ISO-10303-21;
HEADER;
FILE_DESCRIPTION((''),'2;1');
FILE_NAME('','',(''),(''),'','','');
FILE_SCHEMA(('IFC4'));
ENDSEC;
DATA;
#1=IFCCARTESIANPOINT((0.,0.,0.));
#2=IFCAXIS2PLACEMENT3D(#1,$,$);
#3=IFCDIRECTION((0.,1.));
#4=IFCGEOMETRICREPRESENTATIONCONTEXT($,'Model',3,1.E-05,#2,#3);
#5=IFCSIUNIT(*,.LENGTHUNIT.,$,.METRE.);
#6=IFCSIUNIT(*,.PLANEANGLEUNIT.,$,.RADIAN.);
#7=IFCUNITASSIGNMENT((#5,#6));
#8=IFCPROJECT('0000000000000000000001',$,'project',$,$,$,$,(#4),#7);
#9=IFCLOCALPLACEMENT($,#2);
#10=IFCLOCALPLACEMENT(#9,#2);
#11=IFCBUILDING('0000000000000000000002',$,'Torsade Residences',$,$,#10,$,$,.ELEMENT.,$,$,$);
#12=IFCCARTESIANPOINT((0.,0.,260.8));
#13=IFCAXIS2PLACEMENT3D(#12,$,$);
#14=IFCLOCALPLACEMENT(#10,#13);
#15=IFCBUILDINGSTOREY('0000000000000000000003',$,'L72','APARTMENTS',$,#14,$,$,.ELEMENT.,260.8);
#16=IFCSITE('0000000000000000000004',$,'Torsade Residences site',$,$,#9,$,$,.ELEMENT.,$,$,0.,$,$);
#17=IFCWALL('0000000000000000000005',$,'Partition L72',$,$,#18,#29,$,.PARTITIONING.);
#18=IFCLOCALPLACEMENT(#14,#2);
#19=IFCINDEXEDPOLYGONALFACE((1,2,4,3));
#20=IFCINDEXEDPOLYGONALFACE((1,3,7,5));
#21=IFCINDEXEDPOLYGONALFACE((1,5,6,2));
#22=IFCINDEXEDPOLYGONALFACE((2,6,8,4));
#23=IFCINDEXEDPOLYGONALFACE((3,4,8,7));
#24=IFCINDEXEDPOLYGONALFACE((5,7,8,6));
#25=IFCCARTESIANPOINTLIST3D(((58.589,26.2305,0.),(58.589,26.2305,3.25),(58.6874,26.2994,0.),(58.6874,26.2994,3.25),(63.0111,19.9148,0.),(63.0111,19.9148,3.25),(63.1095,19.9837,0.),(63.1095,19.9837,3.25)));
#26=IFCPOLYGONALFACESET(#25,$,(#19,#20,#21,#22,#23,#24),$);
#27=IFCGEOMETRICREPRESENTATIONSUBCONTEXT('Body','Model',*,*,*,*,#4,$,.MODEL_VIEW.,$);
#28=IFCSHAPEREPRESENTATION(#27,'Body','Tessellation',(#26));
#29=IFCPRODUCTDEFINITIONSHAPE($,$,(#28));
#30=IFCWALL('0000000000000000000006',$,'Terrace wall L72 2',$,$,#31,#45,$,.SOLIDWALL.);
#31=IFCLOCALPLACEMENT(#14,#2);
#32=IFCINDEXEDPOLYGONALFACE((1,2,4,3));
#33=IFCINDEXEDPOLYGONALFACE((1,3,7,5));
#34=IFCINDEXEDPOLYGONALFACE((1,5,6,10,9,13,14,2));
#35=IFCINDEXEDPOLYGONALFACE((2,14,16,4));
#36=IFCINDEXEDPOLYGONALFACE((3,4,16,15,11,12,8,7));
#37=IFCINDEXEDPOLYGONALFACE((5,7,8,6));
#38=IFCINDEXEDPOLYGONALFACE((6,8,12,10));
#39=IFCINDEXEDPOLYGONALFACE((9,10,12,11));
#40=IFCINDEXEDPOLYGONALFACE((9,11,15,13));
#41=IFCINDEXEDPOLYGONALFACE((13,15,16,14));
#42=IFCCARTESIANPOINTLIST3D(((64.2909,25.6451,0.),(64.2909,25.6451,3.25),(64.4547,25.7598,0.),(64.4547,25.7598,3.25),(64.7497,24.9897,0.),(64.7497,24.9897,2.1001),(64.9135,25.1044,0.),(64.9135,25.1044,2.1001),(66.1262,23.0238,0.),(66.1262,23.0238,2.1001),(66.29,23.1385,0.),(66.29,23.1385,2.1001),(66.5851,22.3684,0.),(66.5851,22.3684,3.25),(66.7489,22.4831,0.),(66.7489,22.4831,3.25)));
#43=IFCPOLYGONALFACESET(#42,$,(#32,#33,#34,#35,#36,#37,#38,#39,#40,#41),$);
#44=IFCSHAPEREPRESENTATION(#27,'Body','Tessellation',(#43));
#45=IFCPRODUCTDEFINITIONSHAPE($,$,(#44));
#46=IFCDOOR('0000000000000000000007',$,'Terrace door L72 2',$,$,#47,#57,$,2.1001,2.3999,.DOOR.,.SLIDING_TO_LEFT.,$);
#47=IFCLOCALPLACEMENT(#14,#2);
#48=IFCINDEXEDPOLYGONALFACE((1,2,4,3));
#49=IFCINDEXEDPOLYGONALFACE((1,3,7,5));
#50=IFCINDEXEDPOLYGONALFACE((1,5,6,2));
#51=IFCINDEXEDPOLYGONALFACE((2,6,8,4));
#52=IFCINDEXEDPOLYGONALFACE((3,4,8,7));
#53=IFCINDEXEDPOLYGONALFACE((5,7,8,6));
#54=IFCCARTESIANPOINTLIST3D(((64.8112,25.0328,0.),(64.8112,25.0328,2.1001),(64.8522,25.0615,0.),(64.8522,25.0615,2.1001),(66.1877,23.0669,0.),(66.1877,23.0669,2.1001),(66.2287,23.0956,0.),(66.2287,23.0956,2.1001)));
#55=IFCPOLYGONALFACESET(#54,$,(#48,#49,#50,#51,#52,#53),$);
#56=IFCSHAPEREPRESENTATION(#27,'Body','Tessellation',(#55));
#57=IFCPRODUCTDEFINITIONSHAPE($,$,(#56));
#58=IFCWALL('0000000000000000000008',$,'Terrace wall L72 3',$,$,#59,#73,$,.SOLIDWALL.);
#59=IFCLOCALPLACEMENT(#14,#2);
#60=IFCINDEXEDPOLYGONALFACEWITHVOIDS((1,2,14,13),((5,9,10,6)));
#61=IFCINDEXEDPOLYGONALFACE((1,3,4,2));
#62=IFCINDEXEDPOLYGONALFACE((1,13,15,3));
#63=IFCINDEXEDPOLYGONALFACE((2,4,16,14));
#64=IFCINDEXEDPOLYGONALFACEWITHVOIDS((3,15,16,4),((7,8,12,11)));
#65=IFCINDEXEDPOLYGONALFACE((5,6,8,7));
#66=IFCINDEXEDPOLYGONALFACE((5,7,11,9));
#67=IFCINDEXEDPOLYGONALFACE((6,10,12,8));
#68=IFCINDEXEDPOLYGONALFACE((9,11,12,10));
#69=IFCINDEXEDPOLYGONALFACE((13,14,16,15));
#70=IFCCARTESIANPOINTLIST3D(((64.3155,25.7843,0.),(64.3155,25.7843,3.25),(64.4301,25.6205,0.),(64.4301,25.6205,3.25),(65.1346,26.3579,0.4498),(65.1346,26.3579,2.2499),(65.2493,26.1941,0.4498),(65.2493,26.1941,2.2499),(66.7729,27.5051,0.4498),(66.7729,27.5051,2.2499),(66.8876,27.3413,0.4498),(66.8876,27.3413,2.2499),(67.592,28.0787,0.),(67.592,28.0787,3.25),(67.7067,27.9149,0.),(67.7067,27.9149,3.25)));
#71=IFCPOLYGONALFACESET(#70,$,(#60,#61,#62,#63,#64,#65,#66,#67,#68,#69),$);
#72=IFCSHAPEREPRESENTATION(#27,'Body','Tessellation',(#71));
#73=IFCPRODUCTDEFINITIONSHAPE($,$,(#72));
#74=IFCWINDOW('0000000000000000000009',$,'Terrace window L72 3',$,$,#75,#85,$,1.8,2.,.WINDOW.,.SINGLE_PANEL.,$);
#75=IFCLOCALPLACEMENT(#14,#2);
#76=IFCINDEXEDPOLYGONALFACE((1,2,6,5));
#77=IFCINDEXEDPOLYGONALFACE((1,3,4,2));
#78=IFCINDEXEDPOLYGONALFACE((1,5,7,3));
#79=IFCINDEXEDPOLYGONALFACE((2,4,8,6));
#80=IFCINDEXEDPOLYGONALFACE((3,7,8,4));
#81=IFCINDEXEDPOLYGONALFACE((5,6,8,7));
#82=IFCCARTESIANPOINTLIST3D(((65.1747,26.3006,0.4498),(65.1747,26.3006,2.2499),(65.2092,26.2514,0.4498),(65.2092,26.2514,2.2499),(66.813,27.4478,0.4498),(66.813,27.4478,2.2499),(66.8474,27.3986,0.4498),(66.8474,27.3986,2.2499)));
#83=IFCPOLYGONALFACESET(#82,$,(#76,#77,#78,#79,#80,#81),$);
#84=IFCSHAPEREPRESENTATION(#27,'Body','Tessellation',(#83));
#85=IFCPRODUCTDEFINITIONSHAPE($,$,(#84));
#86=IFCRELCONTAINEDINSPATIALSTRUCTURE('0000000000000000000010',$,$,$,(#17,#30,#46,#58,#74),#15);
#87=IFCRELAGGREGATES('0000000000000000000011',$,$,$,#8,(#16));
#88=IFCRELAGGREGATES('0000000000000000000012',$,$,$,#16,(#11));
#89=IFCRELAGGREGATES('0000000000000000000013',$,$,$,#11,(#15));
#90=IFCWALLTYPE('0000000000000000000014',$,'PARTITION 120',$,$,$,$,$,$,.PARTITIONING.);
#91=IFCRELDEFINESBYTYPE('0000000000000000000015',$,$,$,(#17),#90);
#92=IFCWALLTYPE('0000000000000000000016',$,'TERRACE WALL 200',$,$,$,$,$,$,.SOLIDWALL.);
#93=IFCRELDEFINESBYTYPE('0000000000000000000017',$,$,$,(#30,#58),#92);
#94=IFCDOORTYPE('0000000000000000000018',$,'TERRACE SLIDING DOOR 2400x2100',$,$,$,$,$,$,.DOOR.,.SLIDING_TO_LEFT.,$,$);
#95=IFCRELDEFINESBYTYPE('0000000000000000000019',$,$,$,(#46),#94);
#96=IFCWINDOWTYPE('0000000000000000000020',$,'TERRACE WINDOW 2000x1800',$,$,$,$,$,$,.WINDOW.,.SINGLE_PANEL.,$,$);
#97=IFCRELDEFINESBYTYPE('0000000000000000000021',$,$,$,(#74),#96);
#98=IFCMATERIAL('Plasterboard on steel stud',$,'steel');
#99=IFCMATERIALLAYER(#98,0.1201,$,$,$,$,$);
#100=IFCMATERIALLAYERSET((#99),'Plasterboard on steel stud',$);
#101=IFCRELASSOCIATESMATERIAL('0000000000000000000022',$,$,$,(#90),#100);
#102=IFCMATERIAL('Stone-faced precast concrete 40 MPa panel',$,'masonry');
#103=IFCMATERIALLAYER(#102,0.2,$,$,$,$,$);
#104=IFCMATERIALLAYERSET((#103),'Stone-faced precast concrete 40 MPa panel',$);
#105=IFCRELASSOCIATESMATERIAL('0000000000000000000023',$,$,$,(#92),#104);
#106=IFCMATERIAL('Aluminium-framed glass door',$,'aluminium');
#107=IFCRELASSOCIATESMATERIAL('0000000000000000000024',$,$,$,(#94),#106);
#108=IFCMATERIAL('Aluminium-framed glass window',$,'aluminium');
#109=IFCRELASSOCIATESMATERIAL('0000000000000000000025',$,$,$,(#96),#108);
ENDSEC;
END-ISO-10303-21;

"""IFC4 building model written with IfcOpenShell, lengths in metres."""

from ifc_helpers import new_model, si_unit, direction, frame, frame_2d, origin, place, context, subcontext, project, spatial, rectangle, extrude, material, layer, layer_set, type_object, element, fill, save


model = new_model("IFC4")

# Units and contexts
model_context = context("Model", 3, precision=1e-05, world=origin(), true_north=direction((0.0, 1.0)))
body_context = subcontext(model_context, "Body", "Model", "MODEL_VIEW")
ifc_project = project(units=[si_unit("LENGTHUNIT", "METRE"), si_unit("PLANEANGLEUNIT", "RADIAN")], contexts=[model_context])

# Site, building, storey
site_placement = place(None, origin())
site = spatial("IfcSite", under=ifc_project, at=site_placement, Name="Torsade Residences site", CompositionType="ELEMENT", RefElevation=0.0)
building_placement = place(site_placement, origin())
building = spatial("IfcBuilding", under=site, at=building_placement, Name="Torsade Residences", CompositionType="ELEMENT")
storey_placement = place(building_placement, frame((0.0, 0.0, 260.8)))
storey = spatial("IfcBuildingStorey", under=building, at=storey_placement, Name="L72", Description="APARTMENTS", CompositionType="ELEMENT", Elevation=260.8)

# Shared definitions
ifc_material_1 = material(Name="Plasterboard on steel stud", Category="steel")
ifc_layer_1 = layer(ifc_material_1, 0.1201)
ifc_layer_set_1 = layer_set([ifc_layer_1], Name="Plasterboard on steel stud")
wall_type_1 = type_object("IfcWallType", Name="PARTITION 120", PredefinedType="PARTITIONING", material=ifc_layer_set_1)

# Wall
wall_1_placement = place(storey_placement, frame((63.0603, 19.9492, 0.0), z_axis=(0.0, 0.0, 1.0), x_axis=(-0.573562, 0.819162, 0.0)))
element("IfcWall", 1, at=wall_1_placement, inside=storey, type_object=wall_type_1, Name="Partition L72", PredefinedType="PARTITIONING", context=body_context, shape_type="SweptSolid", body=[
    extrude(rectangle(XDim=7.71, YDim=0.1201, at=frame_2d((3.855, 0.0))), origin(), (0.0, 0.0, 1.0), 3.25),
])

# Wall, opening, door
ifc_material_2 = material(Name="Stone-faced precast concrete 40 MPa panel", Category="masonry")
ifc_layer_2 = layer(ifc_material_2, 0.2)
ifc_layer_set_2 = layer_set([ifc_layer_2], Name="Stone-faced precast concrete 40 MPa panel")
wall_type_2 = type_object("IfcWallType", Name="TERRACE WALL 200", PredefinedType="SOLIDWALL", material=ifc_layer_set_2)
wall_2_placement = place(storey_placement, frame((66.667, 22.4258, 0.0), z_axis=(0.0, 0.0, 1.0), x_axis=(-0.573557, 0.819166, 0.0)))
wall_2 = element("IfcWall", 2, at=wall_2_placement, inside=storey, type_object=wall_type_2, Name="Terrace wall L72 2", PredefinedType="SOLIDWALL", context=body_context, shape_type="SweptSolid", body=[
    extrude(rectangle(XDim=4.0, YDim=0.2, at=frame_2d((2.0, 0.0))), origin(), (0.0, 0.0, 1.0), 3.25),
])
opening_1_placement = place(wall_2_placement, frame((0.8, 0.0, 0.0)))
opening_1 = element("IfcOpeningElement", 3, at=opening_1_placement, cuts=wall_2, PredefinedType="OPENING", context=body_context, shape_type="SweptSolid", body=[
    extrude(rectangle(XDim=2.3999, YDim=2.1001, at=frame_2d((1.2, 1.05))), frame((0.0, 0.1099, 0.0), z_axis=(0.0, -1.0, 0.0), x_axis=(1.0, 0.0, 0.0)), (0.0, 0.0, 1.0), 0.22),
])
ifc_material_3 = material(Name="Aluminium-framed glass door", Category="aluminium")
door_type_1 = type_object("IfcDoorType", Name="TERRACE SLIDING DOOR 2400x2100", OperationType="SLIDING_TO_LEFT", PredefinedType="DOOR", material=ifc_material_3)
door_1_placement = place(opening_1_placement, origin())
door_1 = element("IfcDoor", 4, at=door_1_placement, inside=storey, type_object=door_type_1, Name="Terrace door L72 2", OperationType="SLIDING_TO_LEFT", OverallHeight=2.1001, OverallWidth=2.3999, PredefinedType="DOOR", context=body_context, shape_type="SweptSolid", body=[
    extrude(rectangle(XDim=2.3999, YDim=2.1001, at=frame_2d((1.2, 1.05))), frame((0.0, 0.0249, 0.0), z_axis=(0.0, -1.0, 0.0), x_axis=(1.0, 0.0, 0.0)), (0.0, 0.0, 1.0), 0.05),
])
fill(opening_1, door_1)

# Wall, opening, window
wall_3_placement = place(storey_placement, frame((64.3728, 25.7024, 0.0), z_axis=(0.0, 0.0, 1.0), x_axis=(0.819137, 0.573598, 0.0)))
wall_3 = element("IfcWall", 5, at=wall_3_placement, inside=storey, type_object=wall_type_2, Name="Terrace wall L72 3", PredefinedType="SOLIDWALL", context=body_context, shape_type="SweptSolid", body=[
    extrude(rectangle(XDim=4.0, YDim=0.2, at=frame_2d((2.0, 0.0))), origin(), (0.0, 0.0, 1.0), 3.25),
])
opening_2_placement = place(wall_3_placement, frame((1.0, 0.0, 0.45)))
opening_2 = element("IfcOpeningElement", 6, at=opening_2_placement, cuts=wall_3, PredefinedType="OPENING", context=body_context, shape_type="SweptSolid", body=[
    extrude(rectangle(XDim=2.0, YDim=1.8, at=frame_2d((1.0, 0.8999))), frame((0.0, 0.1099, 0.0), z_axis=(0.0, -1.0, 0.0), x_axis=(1.0, 0.0, 0.0)), (0.0, 0.0, 1.0), 0.22),
])
ifc_material_4 = material(Name="Aluminium-framed glass window", Category="aluminium")
window_type = type_object("IfcWindowType", Name="TERRACE WINDOW 2000x1800", PartitioningType="SINGLE_PANEL", PredefinedType="WINDOW", material=ifc_material_4)
window_placement = place(opening_2_placement, origin())
window = element("IfcWindow", 7, at=window_placement, inside=storey, type_object=window_type, Name="Terrace window L72 3", OverallHeight=1.8, OverallWidth=2.0, PartitioningType="SINGLE_PANEL", PredefinedType="WINDOW", context=body_context, shape_type="SweptSolid", body=[
    extrude(rectangle(XDim=2.0, YDim=1.8, at=frame_2d((1.0, 0.8999))), frame((0.0, 0.03, 0.0), z_axis=(0.0, -1.0, 0.0), x_axis=(1.0, 0.0, 0.0)), (0.0, 0.0, 1.0), 0.0601),
])
fill(opening_2, window)

save(model, "model.ifc")
